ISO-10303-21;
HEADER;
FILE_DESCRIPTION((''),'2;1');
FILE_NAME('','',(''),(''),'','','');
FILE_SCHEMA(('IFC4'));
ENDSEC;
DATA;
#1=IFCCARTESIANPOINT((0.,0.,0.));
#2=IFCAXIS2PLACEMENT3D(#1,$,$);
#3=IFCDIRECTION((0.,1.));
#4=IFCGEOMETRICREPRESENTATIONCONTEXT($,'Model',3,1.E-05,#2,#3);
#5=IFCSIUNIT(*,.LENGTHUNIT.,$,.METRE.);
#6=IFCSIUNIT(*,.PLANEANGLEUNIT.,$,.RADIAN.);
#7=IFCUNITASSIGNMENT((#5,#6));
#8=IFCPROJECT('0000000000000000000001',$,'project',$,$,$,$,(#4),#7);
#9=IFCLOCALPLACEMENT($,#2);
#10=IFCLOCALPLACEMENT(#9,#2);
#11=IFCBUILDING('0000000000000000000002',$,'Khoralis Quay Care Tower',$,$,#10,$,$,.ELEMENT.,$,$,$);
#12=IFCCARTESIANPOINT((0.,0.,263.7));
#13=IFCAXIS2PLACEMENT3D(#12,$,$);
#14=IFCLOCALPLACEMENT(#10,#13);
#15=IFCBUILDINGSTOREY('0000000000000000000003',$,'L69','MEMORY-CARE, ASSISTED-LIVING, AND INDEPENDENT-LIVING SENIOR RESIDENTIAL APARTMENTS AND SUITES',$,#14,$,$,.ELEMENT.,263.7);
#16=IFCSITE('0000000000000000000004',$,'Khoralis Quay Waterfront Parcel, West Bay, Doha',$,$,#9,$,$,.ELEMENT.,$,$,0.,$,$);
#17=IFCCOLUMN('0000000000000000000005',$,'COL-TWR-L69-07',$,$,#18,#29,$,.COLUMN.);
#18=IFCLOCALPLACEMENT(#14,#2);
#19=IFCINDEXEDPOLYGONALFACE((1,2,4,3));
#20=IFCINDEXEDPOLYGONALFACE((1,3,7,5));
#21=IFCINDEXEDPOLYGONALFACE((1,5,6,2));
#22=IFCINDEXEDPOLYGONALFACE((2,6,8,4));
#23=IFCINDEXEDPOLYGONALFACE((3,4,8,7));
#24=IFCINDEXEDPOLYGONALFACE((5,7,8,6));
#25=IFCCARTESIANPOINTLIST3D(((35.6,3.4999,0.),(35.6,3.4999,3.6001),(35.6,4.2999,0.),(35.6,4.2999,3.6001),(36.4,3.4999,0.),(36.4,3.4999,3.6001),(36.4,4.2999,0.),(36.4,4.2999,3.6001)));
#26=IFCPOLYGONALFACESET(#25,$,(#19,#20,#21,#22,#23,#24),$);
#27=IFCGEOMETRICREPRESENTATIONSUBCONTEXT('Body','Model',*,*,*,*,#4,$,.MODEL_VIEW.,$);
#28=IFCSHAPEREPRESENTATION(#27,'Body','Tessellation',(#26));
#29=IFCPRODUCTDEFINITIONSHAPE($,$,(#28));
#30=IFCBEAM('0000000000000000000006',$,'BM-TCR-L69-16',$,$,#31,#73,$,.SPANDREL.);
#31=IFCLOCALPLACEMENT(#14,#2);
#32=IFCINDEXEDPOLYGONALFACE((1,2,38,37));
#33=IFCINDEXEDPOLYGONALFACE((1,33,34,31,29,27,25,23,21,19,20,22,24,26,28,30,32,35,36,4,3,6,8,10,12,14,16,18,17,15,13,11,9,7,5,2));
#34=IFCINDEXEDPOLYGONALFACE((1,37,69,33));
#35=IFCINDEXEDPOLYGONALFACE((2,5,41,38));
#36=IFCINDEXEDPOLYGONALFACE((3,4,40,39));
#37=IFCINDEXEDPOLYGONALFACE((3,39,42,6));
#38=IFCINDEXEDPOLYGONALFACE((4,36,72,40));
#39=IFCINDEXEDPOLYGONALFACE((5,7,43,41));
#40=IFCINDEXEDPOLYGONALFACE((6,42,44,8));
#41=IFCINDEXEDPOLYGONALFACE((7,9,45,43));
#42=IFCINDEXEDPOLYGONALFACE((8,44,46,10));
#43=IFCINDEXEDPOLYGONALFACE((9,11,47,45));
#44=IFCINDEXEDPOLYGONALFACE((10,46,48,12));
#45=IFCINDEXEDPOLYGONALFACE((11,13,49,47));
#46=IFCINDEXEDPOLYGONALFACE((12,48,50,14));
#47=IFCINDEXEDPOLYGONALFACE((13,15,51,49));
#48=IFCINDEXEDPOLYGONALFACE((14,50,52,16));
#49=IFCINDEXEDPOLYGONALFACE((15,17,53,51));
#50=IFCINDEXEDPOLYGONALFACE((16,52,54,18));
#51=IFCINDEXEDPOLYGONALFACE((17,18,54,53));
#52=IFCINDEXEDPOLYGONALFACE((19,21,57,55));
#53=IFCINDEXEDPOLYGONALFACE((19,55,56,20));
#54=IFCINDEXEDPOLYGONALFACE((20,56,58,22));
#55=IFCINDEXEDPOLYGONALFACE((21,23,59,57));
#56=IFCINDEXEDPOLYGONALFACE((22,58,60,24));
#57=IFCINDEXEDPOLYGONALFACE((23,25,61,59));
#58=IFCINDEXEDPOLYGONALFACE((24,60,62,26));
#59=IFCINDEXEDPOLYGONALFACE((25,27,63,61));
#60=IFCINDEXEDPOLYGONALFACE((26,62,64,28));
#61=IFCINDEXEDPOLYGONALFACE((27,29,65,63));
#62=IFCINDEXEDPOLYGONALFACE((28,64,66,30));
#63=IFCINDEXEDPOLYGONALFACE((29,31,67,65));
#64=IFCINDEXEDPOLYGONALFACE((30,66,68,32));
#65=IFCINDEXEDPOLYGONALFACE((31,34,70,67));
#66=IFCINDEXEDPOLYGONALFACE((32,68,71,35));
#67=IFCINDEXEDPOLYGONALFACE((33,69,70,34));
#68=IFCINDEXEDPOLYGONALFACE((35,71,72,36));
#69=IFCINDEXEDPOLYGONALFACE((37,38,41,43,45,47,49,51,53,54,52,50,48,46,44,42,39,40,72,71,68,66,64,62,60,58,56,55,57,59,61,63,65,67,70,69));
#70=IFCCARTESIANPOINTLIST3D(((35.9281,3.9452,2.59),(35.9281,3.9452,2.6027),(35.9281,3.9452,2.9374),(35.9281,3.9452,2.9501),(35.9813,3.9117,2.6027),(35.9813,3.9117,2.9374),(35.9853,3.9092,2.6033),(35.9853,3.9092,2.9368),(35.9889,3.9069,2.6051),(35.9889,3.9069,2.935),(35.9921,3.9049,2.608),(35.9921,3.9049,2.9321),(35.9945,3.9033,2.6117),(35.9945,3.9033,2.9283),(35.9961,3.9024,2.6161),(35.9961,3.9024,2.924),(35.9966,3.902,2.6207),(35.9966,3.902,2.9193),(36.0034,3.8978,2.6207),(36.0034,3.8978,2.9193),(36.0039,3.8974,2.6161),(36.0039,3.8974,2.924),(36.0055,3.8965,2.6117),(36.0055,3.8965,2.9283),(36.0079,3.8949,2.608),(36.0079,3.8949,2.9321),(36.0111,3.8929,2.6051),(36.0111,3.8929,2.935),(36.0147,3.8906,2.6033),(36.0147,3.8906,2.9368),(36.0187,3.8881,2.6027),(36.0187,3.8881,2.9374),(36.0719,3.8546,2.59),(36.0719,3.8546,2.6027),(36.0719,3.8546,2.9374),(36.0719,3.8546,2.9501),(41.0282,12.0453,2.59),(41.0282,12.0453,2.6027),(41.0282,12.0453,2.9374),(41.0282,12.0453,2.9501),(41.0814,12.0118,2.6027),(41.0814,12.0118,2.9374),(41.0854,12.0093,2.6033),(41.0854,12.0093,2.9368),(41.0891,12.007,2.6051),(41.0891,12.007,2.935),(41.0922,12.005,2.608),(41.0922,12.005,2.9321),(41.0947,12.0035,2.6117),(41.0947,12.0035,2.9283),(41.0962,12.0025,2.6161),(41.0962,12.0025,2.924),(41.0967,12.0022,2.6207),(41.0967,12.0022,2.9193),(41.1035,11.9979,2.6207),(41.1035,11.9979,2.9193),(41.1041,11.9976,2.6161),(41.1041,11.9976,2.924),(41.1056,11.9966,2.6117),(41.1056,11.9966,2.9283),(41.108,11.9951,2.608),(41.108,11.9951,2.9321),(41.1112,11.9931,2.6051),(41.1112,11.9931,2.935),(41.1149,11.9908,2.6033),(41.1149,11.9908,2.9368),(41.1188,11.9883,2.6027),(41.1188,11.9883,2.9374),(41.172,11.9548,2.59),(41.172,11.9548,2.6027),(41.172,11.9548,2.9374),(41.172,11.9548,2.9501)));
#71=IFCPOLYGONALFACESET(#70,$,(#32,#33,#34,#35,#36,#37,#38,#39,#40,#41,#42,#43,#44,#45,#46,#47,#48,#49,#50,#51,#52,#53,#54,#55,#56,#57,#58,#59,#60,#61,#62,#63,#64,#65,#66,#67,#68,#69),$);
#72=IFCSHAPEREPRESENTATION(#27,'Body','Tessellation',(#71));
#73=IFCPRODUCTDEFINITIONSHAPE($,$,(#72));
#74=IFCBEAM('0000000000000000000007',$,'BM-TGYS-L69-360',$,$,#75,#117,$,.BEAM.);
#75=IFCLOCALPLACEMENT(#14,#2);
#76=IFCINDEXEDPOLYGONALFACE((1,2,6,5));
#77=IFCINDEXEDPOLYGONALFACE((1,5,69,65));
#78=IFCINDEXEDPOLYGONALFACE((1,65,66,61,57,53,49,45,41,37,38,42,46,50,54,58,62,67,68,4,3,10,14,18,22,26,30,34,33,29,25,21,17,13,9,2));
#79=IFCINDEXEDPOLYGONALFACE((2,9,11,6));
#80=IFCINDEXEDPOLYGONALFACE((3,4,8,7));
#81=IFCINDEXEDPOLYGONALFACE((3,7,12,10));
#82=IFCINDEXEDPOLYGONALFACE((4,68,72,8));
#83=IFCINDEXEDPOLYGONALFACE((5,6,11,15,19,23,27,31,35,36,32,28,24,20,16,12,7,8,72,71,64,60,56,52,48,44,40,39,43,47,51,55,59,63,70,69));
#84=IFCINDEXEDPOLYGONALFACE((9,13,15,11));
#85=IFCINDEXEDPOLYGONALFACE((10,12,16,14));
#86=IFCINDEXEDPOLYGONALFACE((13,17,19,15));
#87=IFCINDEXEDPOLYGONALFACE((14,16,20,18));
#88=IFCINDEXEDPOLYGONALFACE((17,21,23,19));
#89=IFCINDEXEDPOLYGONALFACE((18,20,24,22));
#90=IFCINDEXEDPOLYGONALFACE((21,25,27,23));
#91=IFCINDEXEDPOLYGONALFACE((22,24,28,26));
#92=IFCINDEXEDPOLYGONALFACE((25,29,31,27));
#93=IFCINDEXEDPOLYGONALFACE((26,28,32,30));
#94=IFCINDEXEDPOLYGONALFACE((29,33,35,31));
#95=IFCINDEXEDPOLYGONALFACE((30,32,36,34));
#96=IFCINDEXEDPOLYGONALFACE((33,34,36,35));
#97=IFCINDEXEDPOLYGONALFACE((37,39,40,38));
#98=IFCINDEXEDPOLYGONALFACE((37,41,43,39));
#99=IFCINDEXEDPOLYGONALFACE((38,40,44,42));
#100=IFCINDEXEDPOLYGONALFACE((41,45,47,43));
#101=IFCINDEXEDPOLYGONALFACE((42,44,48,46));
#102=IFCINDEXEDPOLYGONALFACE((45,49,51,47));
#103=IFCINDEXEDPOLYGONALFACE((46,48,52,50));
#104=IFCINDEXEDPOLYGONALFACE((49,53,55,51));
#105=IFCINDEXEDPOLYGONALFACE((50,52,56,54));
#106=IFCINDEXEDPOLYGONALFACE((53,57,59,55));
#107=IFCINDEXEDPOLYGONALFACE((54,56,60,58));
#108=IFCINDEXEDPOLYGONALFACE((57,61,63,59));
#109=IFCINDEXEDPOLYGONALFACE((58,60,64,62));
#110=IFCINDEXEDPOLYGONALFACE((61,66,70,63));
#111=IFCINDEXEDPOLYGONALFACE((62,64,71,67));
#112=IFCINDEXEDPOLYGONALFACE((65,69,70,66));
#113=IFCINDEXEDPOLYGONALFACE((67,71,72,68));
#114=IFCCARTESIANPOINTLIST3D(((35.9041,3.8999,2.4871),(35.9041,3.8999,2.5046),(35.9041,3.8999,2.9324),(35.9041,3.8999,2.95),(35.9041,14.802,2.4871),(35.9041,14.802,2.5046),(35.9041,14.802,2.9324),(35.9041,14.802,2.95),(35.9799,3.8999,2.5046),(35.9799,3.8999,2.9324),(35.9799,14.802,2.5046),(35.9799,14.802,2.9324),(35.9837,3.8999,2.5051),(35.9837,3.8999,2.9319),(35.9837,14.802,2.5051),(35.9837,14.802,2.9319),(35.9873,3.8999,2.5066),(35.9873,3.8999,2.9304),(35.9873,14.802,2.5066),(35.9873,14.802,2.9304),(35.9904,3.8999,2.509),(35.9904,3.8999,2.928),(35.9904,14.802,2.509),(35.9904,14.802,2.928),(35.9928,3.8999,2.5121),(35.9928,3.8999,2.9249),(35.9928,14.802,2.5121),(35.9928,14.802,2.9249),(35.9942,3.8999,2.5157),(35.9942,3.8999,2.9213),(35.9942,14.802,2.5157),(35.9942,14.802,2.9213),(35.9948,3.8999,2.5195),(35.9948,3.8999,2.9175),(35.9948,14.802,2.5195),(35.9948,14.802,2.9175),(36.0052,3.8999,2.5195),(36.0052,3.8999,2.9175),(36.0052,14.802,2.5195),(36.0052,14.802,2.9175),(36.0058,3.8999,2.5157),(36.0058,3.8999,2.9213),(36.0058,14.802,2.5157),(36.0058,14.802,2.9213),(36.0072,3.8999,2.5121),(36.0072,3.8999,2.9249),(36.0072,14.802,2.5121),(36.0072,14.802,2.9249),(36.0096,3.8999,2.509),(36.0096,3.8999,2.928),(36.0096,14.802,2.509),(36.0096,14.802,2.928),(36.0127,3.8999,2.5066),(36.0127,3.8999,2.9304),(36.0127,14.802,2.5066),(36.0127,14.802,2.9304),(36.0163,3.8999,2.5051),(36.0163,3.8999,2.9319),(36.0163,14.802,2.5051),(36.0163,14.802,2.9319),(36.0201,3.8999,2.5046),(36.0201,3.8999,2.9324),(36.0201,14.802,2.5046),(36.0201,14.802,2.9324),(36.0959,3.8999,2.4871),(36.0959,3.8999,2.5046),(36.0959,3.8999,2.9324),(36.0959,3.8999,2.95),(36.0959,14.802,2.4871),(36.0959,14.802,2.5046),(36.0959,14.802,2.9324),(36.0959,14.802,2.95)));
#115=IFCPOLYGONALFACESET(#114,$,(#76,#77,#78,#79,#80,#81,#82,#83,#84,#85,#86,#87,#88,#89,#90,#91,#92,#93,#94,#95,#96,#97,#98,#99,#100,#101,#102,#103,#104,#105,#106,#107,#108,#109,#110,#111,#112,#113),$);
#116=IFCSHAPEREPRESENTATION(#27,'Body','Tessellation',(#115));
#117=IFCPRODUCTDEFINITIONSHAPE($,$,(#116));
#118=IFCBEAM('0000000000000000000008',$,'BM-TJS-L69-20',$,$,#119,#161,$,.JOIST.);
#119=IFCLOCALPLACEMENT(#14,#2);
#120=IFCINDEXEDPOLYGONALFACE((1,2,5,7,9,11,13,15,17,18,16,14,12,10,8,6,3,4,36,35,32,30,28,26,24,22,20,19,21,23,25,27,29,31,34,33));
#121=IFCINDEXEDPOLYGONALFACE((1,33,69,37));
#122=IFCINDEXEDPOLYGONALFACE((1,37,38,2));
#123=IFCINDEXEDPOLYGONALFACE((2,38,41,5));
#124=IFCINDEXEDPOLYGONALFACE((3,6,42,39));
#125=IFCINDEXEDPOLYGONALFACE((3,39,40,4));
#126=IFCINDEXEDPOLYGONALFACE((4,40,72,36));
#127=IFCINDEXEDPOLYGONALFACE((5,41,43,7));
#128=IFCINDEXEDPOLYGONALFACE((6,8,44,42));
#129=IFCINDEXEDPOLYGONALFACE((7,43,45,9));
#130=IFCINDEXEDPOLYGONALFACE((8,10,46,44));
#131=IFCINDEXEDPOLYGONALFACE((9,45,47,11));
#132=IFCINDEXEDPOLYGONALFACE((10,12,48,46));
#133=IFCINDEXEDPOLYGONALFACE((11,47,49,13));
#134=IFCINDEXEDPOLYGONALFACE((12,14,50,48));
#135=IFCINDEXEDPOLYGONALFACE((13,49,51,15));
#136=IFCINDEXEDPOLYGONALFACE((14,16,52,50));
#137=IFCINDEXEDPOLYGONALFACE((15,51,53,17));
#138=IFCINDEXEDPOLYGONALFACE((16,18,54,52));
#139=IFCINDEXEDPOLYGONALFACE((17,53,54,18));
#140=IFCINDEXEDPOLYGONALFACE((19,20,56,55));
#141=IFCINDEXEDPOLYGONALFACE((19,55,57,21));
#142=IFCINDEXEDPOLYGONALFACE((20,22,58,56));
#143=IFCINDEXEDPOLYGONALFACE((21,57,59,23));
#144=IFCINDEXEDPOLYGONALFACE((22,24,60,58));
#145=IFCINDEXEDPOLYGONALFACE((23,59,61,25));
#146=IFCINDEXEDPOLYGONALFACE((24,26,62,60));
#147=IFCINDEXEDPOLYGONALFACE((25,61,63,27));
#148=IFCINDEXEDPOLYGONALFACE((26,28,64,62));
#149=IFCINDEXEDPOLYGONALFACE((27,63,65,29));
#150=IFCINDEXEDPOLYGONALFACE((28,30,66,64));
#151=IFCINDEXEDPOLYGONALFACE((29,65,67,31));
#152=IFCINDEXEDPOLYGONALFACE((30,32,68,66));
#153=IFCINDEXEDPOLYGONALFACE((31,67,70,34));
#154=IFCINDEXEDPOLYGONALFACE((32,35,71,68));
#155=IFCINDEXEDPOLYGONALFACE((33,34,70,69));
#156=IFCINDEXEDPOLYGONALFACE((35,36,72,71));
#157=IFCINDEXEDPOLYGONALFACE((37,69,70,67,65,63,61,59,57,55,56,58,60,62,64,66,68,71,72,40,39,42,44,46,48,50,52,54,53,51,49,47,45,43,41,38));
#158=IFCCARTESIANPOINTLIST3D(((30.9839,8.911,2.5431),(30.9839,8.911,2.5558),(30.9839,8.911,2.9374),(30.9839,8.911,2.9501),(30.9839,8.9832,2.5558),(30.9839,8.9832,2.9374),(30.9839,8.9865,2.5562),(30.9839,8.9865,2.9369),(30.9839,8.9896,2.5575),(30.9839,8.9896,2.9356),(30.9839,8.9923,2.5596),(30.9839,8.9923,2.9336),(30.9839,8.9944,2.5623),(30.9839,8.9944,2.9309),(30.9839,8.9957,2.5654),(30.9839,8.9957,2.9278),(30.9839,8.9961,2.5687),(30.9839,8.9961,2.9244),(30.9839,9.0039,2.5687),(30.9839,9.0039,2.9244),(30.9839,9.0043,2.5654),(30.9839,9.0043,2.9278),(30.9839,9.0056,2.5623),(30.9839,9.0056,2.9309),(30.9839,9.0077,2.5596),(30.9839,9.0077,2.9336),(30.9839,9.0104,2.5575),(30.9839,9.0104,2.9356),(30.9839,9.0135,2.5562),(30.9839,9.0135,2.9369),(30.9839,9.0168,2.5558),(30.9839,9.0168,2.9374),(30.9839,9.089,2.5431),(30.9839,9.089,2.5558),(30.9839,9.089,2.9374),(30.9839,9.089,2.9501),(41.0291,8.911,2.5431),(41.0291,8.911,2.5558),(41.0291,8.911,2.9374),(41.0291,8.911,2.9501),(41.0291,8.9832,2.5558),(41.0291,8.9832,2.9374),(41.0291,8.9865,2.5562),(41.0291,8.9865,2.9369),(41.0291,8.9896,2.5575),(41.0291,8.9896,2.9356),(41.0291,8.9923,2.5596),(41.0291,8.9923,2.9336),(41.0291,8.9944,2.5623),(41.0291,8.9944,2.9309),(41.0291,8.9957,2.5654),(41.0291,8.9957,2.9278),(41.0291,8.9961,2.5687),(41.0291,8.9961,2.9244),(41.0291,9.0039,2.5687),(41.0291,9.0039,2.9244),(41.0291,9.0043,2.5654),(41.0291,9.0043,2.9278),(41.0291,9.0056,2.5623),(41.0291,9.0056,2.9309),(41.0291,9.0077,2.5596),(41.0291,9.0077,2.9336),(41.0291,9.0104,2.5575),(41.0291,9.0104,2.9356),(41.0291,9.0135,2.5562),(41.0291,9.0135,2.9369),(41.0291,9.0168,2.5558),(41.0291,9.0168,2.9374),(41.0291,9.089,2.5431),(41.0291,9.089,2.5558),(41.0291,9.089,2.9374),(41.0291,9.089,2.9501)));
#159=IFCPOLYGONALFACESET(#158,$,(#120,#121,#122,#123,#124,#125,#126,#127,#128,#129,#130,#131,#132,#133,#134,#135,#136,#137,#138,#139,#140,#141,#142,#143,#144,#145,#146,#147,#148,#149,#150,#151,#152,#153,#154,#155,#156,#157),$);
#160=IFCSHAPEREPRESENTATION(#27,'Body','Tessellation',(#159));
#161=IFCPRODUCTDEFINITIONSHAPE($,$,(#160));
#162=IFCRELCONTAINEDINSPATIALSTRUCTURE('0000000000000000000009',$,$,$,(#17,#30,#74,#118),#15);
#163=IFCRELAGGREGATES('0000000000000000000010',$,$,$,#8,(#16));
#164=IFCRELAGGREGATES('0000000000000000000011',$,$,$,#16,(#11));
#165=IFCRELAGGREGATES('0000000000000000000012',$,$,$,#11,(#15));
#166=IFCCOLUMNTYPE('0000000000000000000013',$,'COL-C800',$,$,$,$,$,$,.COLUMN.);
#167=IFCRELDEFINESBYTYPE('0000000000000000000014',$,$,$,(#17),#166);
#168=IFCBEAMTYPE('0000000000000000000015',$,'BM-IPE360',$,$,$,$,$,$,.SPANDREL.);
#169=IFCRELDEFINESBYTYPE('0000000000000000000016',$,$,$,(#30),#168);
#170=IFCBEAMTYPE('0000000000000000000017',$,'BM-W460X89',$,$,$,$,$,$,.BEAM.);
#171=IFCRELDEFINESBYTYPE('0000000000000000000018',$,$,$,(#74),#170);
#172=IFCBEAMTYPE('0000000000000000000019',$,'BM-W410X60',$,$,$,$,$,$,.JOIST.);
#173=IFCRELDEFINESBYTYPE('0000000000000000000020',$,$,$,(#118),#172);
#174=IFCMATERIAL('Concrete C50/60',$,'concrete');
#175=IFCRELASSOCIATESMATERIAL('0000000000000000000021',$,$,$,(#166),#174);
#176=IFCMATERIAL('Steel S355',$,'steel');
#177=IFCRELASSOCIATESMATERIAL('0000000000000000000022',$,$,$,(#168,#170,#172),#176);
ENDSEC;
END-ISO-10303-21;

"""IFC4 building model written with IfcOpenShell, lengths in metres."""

from ifc_helpers import new_model, si_unit, direction, frame, origin, origin_2d, place, context, subcontext, project, spatial, rectangle, i_section, extrude, source, transform, mapped, material, material_profile, profile_set, type_object, element, save


model = new_model("IFC4")

# Units and contexts
model_context = context("Model", 3, precision=1e-05, world=origin(), true_north=direction((0.0, 1.0)))
body_context = subcontext(model_context, "Body", "Model", "MODEL_VIEW")
ifc_project = project(units=[si_unit("LENGTHUNIT", "METRE"), si_unit("PLANEANGLEUNIT", "RADIAN")], contexts=[model_context])

# Site, building, storey
site_placement = place(None, origin())
site = spatial("IfcSite", under=ifc_project, at=site_placement, Name="Khoralis Quay Waterfront Parcel, West Bay, Doha", CompositionType="ELEMENT", RefElevation=0.0)
building_placement = place(site_placement, origin())
building = spatial("IfcBuilding", under=site, at=building_placement, Name="Khoralis Quay Care Tower", CompositionType="ELEMENT")
storey_placement = place(building_placement, frame((0.0, 0.0, 263.7)))
storey = spatial("IfcBuildingStorey", under=building, at=storey_placement, Name="L69", Description="MEMORY-CARE, ASSISTED-LIVING, AND INDEPENDENT-LIVING SENIOR RESIDENTIAL APARTMENTS AND SUITES", CompositionType="ELEMENT", Elevation=263.7)

# Column
ifc_material_1 = material(Name="Concrete C50/60", Category="concrete")
ifc_material_profile_1 = material_profile(ifc_material_1, rectangle(XDim=0.8, YDim=0.8, at=origin_2d()), Name="Concrete C50/60")
ifc_profile_set_1 = profile_set([ifc_material_profile_1], Name="Concrete C50/60")
column_type = type_object("IfcColumnType", Name="COL-C800", PredefinedType="COLUMN", material=ifc_profile_set_1)
shared_shape_1 = source(origin(), body_context, "Body", "SweptSolid", [
    extrude(rectangle(XDim=0.8, YDim=0.8, at=origin_2d()), origin(), (0.0, 0.0, 1.0), 3.6001),
])
column_placement = place(storey_placement, frame((36.0, 3.8999, 0.0), z_axis=(0.0, 0.0, 1.0), x_axis=(1.0, 0.0, 0.0)))
element("IfcColumn", 1, at=column_placement, inside=storey, type_object=column_type, Name="COL-TWR-L69-07", PredefinedType="COLUMN", context=body_context, shape_type="MappedRepresentation", body=[
    mapped(shared_shape_1, transform((0.0, 0.0, 0.0), scale=1.0)),
])

# Beams
ifc_material_2 = material(Name="Steel S355", Category="steel")
ifc_material_profile_2 = material_profile(ifc_material_2, i_section(OverallWidth=0.1699, OverallDepth=0.3601, WebThickness=0.0081, FlangeThickness=0.0127, FilletRadius=0.0181, at=origin_2d()), Name="Steel S355")
ifc_profile_set_2 = profile_set([ifc_material_profile_2], Name="Steel S355")
beam_type_1 = type_object("IfcBeamType", Name="BM-IPE360", PredefinedType="SPANDREL", material=ifc_profile_set_2)
shared_shape_2 = source(origin(), body_context, "Body", "SweptSolid", [
    extrude(i_section(OverallWidth=0.1699, OverallDepth=0.3601, WebThickness=0.0081, FlangeThickness=0.0127, FilletRadius=0.0181, at=origin_2d()), origin(), (0.0, 0.0, 1.0), 9.572),
])
beam_1_placement = place(storey_placement, frame((36.0, 3.8999, 2.77), z_axis=(0.532816, 0.846231, 0.0), x_axis=(-0.846231, 0.532816, 0.0)))
element("IfcBeam", 2, at=beam_1_placement, inside=storey, type_object=beam_type_1, Name="BM-TCR-L69-16", PredefinedType="SPANDREL", context=body_context, shape_type="MappedRepresentation", body=[
    mapped(shared_shape_2, transform((0.0, 0.0, 0.0), scale=1.0)),
])
ifc_material_profile_3 = material_profile(ifc_material_2, i_section(OverallWidth=0.1919, OverallDepth=0.4629, WebThickness=0.0105, FlangeThickness=0.0176, FilletRadius=0.0149, at=origin_2d()), Name="Steel S355")
ifc_profile_set_3 = profile_set([ifc_material_profile_3], Name="Steel S355")
beam_type_2 = type_object("IfcBeamType", Name="BM-W460X89", PredefinedType="BEAM", material=ifc_profile_set_3)
shared_shape_3 = source(origin(), body_context, "Body", "SweptSolid", [
    extrude(i_section(OverallWidth=0.1919, OverallDepth=0.4629, WebThickness=0.0105, FlangeThickness=0.0176, FilletRadius=0.0149, at=origin_2d()), origin(), (0.0, 0.0, 1.0), 10.9021),
])
beam_2_placement = place(storey_placement, frame((36.0, 3.8999, 2.7185), z_axis=(0.0, 1.0, 0.0), x_axis=(-1.0, 0.0, 0.0)))
element("IfcBeam", 3, at=beam_2_placement, inside=storey, type_object=beam_type_2, Name="BM-TGYS-L69-360", PredefinedType="BEAM", context=body_context, shape_type="MappedRepresentation", body=[
    mapped(shared_shape_3, transform((0.0, 0.0, 0.0), scale=1.0)),
])
ifc_material_profile_4 = material_profile(ifc_material_2, i_section(OverallWidth=0.178, OverallDepth=0.407, WebThickness=0.0078, FlangeThickness=0.0127, FilletRadius=0.0129, at=origin_2d()), Name="Steel S355")
ifc_profile_set_4 = profile_set([ifc_material_profile_4], Name="Steel S355")
beam_type_3 = type_object("IfcBeamType", Name="BM-W410X60", PredefinedType="JOIST", material=ifc_profile_set_4)
shared_shape_4 = source(origin(), body_context, "Body", "SweptSolid", [
    extrude(i_section(OverallWidth=0.178, OverallDepth=0.407, WebThickness=0.0078, FlangeThickness=0.0127, FilletRadius=0.0129, at=origin_2d()), origin(), (0.0, 0.0, 1.0), 10.0452),
])
beam_3_placement = place(storey_placement, frame((30.9839, 9.0, 2.7466), z_axis=(1.0, 0.0, 0.0), x_axis=(0.0, 1.0, 0.0)))
element("IfcBeam", 4, at=beam_3_placement, inside=storey, type_object=beam_type_3, Name="BM-TJS-L69-20", PredefinedType="JOIST", context=body_context, shape_type="MappedRepresentation", body=[
    mapped(shared_shape_4, transform((0.0, 0.0, 0.0), scale=1.0)),
])

save(model, "model.ifc")
